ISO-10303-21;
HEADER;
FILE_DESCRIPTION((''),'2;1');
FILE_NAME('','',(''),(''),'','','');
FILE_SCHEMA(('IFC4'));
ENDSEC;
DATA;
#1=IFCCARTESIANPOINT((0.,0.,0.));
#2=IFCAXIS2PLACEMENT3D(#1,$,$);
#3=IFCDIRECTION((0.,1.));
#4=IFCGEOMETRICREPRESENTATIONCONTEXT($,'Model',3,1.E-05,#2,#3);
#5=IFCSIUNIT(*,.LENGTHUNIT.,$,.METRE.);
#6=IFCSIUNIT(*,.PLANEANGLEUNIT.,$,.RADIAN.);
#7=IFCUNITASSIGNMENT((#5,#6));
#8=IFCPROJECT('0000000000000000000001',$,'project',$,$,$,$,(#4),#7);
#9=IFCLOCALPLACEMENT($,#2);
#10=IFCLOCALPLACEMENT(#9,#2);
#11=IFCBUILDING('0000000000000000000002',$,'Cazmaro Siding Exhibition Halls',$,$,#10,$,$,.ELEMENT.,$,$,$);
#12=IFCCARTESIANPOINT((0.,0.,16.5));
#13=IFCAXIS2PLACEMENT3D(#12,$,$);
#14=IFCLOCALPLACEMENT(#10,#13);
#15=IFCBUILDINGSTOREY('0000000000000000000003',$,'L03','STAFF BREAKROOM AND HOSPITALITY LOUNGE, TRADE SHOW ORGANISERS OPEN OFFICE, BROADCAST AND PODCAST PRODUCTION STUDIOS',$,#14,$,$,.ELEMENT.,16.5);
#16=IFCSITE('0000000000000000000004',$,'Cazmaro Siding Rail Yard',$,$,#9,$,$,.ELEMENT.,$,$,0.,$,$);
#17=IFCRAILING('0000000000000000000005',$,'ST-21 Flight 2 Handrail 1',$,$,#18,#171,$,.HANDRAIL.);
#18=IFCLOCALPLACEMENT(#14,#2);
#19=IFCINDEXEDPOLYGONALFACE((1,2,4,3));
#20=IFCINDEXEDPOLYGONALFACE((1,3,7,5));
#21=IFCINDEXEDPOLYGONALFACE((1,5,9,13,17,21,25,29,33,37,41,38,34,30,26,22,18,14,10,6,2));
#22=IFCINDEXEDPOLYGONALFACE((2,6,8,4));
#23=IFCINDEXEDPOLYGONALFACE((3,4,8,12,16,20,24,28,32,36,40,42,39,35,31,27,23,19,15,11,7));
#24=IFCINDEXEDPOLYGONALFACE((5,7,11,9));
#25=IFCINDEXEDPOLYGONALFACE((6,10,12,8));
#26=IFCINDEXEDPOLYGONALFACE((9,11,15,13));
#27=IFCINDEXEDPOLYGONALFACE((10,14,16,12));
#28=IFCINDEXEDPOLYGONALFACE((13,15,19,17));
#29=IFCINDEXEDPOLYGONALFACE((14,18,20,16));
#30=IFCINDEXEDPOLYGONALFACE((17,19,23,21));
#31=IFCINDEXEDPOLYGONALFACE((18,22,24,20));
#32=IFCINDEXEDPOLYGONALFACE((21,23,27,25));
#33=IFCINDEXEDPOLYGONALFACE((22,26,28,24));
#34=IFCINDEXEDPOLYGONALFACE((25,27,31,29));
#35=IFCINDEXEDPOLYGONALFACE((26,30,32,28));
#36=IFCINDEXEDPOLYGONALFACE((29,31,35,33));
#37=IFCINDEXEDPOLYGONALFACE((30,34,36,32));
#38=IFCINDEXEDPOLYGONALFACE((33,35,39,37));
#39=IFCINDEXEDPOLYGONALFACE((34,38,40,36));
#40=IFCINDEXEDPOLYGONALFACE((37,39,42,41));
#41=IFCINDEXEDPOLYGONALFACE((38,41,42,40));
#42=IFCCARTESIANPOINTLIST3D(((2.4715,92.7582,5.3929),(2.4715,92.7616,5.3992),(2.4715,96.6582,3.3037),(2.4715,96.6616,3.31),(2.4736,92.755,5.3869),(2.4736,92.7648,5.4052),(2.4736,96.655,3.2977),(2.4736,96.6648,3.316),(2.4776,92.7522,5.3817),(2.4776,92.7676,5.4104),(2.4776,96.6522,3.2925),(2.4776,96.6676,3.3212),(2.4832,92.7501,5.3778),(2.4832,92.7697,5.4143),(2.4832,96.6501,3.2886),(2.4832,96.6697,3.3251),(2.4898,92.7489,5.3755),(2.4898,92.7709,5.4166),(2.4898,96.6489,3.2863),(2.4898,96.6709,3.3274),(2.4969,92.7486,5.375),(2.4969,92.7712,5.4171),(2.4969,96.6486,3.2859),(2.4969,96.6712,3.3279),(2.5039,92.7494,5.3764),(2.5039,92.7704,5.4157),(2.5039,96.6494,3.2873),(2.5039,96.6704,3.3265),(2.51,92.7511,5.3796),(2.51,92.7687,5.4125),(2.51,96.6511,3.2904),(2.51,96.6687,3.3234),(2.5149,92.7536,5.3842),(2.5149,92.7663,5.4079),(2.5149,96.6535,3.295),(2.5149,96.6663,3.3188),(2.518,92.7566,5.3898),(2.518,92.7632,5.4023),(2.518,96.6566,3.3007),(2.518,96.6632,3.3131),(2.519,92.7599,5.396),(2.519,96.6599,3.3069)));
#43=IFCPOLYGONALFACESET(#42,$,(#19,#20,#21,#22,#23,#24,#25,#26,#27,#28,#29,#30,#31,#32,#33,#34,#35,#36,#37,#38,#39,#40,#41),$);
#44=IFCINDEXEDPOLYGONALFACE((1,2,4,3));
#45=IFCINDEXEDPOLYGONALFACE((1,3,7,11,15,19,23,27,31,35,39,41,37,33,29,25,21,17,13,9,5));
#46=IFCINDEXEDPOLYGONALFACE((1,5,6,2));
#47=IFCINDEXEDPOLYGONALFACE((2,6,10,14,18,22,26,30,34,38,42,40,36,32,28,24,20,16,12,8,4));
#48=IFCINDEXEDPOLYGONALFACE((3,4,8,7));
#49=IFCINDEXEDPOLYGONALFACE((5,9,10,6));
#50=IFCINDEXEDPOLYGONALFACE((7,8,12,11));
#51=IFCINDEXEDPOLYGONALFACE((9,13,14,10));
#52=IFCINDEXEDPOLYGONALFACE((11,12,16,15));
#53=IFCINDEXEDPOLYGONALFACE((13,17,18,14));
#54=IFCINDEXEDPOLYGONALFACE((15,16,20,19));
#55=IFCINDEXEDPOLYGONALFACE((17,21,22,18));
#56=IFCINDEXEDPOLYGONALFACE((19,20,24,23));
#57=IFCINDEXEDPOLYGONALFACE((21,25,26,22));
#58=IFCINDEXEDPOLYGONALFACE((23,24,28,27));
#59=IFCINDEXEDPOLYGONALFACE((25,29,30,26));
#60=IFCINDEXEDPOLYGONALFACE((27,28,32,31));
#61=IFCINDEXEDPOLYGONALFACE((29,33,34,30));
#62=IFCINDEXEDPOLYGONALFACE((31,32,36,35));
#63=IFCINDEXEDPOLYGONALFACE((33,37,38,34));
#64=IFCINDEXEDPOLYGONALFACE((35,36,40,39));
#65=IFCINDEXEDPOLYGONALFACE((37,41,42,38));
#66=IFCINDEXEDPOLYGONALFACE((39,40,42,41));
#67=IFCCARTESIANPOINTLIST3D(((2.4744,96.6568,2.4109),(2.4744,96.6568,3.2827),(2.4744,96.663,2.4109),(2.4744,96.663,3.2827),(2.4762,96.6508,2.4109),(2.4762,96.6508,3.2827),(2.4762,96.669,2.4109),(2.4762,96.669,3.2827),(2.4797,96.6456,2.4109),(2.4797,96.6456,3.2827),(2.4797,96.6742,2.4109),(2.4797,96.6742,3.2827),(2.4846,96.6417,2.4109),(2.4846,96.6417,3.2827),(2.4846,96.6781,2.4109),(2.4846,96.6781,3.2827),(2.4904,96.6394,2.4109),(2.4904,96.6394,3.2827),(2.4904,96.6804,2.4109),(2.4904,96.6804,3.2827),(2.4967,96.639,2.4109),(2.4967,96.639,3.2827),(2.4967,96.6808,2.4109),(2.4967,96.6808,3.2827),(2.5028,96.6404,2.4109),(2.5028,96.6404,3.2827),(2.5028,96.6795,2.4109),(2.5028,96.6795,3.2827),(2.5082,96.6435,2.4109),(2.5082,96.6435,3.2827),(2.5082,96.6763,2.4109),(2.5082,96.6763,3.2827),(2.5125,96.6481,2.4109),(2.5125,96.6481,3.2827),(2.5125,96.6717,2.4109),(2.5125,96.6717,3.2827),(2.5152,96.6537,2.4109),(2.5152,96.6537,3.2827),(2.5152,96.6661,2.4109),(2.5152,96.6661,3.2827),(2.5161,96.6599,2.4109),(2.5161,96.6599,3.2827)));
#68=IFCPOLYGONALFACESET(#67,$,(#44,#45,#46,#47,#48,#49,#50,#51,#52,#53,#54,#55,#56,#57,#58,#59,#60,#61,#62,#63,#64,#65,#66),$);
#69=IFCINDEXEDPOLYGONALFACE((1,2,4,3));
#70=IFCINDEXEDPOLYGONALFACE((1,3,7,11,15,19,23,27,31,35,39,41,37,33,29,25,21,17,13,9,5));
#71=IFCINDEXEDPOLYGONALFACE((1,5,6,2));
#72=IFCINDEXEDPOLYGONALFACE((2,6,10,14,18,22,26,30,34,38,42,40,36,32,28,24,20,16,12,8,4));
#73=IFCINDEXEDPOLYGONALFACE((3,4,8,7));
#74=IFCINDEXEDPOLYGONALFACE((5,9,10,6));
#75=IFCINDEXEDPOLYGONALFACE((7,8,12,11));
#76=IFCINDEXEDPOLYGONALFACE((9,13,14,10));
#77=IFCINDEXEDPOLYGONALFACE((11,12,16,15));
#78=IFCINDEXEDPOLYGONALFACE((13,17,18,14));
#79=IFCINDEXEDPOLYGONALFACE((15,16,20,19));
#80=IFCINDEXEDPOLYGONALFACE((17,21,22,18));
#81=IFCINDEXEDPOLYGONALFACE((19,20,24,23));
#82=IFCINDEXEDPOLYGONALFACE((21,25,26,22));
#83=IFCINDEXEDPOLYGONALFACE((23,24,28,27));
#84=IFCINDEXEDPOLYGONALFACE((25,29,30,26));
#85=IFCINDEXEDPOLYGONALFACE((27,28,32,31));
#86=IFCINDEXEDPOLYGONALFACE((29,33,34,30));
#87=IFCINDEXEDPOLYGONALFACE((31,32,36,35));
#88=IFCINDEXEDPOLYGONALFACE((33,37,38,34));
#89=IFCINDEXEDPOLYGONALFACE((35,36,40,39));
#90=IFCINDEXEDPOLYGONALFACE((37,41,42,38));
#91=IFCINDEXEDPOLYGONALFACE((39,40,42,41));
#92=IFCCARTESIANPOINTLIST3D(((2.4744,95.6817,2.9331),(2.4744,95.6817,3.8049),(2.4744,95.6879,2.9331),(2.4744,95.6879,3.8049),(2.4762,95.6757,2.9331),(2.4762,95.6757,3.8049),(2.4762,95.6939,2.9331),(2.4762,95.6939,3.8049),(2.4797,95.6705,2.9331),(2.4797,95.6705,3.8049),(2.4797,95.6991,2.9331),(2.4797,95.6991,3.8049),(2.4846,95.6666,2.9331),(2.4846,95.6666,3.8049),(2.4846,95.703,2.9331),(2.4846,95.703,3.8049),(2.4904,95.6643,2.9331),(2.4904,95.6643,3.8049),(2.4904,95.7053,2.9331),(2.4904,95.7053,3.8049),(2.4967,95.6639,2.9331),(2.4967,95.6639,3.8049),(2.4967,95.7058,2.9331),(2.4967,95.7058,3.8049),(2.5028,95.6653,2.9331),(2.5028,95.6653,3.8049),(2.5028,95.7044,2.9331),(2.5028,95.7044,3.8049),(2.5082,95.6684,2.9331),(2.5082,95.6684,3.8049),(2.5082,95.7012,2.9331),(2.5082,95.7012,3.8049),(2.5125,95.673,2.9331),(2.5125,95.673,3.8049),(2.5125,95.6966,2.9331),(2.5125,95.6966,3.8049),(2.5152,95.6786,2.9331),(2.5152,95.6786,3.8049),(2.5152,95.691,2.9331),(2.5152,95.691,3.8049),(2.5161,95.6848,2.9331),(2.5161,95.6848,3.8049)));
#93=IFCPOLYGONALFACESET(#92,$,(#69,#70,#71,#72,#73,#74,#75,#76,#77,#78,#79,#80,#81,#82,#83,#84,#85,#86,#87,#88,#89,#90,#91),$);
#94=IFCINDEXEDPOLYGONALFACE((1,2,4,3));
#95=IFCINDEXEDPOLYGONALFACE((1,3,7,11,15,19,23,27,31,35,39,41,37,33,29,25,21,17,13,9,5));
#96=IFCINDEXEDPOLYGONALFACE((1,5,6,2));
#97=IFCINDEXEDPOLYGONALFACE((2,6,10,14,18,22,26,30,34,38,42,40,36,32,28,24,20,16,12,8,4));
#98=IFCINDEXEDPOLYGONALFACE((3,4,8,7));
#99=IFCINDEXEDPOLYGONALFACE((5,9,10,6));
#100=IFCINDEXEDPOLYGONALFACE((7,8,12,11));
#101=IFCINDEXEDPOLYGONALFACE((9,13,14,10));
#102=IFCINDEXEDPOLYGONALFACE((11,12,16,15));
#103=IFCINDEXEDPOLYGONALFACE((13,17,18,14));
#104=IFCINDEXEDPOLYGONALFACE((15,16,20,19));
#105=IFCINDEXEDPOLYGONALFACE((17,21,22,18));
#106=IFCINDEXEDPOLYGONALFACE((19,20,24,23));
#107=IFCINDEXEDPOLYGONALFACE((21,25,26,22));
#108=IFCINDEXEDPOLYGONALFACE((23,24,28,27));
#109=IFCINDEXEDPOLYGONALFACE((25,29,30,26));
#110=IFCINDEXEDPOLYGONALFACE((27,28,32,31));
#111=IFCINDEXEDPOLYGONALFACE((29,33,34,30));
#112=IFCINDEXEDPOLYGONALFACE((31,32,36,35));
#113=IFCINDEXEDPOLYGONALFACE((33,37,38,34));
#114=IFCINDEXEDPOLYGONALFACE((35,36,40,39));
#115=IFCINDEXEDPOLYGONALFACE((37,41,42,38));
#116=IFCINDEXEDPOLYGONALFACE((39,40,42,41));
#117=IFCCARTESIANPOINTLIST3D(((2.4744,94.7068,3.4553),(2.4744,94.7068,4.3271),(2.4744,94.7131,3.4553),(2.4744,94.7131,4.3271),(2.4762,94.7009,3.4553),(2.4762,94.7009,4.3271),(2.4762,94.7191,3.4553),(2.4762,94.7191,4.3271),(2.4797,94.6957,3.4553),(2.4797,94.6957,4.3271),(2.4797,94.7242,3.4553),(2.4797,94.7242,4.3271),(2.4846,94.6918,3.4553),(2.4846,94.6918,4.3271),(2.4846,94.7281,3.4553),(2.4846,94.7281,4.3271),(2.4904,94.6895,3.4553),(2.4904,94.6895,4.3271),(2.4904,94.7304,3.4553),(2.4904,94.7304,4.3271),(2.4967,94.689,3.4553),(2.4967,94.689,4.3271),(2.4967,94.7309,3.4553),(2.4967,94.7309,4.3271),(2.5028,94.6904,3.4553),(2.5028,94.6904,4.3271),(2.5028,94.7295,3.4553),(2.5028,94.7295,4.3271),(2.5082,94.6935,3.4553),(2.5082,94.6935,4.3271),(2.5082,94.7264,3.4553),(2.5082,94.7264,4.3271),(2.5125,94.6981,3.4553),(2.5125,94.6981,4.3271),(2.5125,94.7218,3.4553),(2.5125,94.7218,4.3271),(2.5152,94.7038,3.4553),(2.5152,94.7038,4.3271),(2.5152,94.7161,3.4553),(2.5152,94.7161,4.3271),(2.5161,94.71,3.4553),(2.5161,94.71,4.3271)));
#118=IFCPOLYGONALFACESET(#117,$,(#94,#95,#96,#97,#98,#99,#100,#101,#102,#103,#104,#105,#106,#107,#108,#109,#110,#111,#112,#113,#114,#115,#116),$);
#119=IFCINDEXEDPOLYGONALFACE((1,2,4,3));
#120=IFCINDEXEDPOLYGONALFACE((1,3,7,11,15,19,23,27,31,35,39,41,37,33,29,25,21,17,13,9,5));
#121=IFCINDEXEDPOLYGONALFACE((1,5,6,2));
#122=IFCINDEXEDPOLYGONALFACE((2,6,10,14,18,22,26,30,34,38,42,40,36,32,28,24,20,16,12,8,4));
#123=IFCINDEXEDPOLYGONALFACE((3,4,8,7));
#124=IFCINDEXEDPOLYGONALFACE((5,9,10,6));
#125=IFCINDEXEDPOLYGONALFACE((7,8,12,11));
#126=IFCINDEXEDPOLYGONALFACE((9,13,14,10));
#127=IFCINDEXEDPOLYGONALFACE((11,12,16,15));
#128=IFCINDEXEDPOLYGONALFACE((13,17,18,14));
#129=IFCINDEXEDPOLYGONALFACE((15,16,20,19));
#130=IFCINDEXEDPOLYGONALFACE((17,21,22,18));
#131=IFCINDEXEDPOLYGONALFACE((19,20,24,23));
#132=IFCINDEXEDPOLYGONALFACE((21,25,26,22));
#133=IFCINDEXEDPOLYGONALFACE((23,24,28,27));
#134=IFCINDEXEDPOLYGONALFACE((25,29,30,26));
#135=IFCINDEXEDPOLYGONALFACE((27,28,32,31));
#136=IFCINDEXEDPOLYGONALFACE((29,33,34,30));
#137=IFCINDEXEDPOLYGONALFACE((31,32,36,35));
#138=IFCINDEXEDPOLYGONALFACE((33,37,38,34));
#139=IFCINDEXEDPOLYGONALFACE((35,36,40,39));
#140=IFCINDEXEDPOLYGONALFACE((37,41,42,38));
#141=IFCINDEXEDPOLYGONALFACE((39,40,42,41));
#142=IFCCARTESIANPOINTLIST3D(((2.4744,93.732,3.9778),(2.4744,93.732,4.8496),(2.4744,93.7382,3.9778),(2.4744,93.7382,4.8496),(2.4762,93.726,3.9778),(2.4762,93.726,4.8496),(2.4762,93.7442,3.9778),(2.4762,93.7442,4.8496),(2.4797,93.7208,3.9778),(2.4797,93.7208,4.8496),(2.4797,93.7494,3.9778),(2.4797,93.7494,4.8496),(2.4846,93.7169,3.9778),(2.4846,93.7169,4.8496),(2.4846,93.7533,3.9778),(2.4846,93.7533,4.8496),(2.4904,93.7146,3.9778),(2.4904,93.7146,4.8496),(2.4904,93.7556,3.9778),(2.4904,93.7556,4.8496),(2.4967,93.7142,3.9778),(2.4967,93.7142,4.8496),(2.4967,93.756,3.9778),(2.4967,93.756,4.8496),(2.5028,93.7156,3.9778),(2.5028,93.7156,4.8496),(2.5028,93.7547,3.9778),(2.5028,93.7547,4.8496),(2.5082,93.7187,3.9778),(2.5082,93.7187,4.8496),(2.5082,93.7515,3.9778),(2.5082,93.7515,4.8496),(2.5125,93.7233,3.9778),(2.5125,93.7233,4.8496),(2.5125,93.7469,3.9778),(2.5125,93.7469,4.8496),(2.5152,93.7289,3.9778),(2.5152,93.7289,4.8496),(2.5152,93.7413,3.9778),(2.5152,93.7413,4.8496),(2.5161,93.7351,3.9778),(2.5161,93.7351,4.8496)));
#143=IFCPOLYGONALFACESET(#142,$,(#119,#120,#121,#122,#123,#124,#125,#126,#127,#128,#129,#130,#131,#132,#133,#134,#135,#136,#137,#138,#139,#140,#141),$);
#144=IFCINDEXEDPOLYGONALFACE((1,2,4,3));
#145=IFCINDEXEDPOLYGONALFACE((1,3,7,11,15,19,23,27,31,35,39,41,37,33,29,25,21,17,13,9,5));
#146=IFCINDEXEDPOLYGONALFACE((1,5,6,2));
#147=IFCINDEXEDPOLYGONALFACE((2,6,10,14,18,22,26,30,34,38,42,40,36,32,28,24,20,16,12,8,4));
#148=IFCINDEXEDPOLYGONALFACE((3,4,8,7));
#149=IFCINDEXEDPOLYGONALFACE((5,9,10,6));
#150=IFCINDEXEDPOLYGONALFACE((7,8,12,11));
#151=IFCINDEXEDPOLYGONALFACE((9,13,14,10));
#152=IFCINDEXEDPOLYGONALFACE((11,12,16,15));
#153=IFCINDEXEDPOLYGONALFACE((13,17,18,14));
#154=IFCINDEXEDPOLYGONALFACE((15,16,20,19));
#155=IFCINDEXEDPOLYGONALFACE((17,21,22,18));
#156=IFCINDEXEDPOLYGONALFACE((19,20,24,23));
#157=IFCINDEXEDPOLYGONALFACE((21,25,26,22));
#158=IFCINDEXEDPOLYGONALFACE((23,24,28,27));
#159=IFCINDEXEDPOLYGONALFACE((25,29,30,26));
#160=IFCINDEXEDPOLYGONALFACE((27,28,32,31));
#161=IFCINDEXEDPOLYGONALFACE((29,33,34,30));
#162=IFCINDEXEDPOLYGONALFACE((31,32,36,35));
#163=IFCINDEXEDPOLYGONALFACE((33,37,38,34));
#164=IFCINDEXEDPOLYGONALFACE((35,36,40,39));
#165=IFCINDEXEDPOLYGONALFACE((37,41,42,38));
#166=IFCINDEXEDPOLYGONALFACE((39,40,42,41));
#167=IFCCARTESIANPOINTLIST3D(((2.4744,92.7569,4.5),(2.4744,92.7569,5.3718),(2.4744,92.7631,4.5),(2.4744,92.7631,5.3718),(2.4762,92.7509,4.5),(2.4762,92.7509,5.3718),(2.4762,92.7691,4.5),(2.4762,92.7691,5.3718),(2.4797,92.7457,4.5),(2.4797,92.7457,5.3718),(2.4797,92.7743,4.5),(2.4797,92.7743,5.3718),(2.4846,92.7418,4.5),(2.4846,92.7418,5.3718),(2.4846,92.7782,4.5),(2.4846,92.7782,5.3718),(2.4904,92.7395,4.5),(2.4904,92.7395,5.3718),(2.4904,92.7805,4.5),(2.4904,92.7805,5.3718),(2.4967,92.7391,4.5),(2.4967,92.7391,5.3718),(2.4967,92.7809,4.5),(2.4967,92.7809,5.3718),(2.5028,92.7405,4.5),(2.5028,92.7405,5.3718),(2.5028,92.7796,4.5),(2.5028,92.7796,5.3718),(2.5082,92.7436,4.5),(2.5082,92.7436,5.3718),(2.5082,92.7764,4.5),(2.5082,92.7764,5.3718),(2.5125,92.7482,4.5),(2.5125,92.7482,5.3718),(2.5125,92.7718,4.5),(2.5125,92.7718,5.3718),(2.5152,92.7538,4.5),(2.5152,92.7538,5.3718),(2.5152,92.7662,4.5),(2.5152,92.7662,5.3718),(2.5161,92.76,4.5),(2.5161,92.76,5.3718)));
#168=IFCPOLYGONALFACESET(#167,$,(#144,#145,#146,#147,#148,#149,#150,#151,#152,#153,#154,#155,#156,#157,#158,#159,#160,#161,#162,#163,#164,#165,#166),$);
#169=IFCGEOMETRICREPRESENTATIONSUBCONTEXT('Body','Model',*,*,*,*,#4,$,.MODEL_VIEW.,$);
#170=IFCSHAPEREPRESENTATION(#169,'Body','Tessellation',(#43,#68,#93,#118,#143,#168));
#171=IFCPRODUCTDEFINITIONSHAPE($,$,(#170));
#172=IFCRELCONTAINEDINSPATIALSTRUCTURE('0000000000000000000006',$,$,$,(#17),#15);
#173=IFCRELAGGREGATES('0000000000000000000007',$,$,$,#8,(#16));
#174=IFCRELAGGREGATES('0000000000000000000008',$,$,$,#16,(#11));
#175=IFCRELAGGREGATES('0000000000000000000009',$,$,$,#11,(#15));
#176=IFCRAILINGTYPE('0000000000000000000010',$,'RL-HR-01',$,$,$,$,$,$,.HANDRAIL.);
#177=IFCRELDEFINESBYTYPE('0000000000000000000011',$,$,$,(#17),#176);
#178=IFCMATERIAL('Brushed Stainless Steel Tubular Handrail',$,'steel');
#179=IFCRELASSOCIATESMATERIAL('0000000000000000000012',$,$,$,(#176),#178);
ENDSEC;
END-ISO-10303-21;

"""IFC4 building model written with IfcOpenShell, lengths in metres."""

from ifc_helpers import new_model, si_unit, direction, frame, origin, origin_2d, place, context, subcontext, project, spatial, circle, extrude, material, type_object, element, save


model = new_model("IFC4")

# Units and contexts
model_context = context("Model", 3, precision=1e-05, world=origin(), true_north=direction((0.0, 1.0)))
body_context = subcontext(model_context, "Body", "Model", "MODEL_VIEW")
ifc_project = project(units=[si_unit("LENGTHUNIT", "METRE"), si_unit("PLANEANGLEUNIT", "RADIAN")], contexts=[model_context])

# Site, building, storey
site_placement = place(None, origin())
site = spatial("IfcSite", under=ifc_project, at=site_placement, Name="Cazmaro Siding Rail Yard", CompositionType="ELEMENT", RefElevation=0.0)
building_placement = place(site_placement, origin())
building = spatial("IfcBuilding", under=site, at=building_placement, Name="Cazmaro Siding Exhibition Halls", CompositionType="ELEMENT")
storey_placement = place(building_placement, frame((0.0, 0.0, 16.5)))
storey = spatial("IfcBuildingStorey", under=building, at=storey_placement, Name="L03", Description="STAFF BREAKROOM AND HOSPITALITY LOUNGE, TRADE SHOW ORGANISERS OPEN OFFICE, BROADCAST AND PODCAST PRODUCTION STUDIOS", CompositionType="ELEMENT", Elevation=16.5)

# Railing
ifc_material_1 = material(Name="Brushed Stainless Steel Tubular Handrail", Category="steel")
railing_type_1 = type_object("IfcRailingType", Name="RL-HR-01", PredefinedType="HANDRAIL", material=ifc_material_1)
railing_1_placement = place(storey_placement, frame((2.4951, 96.6599, 2.4109)))
element("IfcRailing", 1, at=railing_1_placement, inside=storey, type_object=railing_type_1, Name="ST-21 Flight 2 Handrail 1", PredefinedType="HANDRAIL", context=body_context, shape_type="SweptSolid", body=[
    extrude(circle(Radius=0.0239, at=origin_2d()), frame((0.0, 0.0, 0.896), z_axis=(0.0, -0.881491, 0.4722), x_axis=(1.0, 0.0, 0.0)), (0.0, 0.0, 1.0), 4.4243),
    extrude(circle(Radius=0.021, at=origin_2d()), origin(), (0.0, 0.0, 1.0), 0.8718),
    extrude(circle(Radius=0.021, at=origin_2d()), frame((0.0, -0.9751, 0.5222)), (0.0, 0.0, 1.0), 0.8718),
    extrude(circle(Radius=0.021, at=origin_2d()), frame((0.0, -1.95, 1.0444)), (0.0, 0.0, 1.0), 0.8718),
    extrude(circle(Radius=0.021, at=origin_2d()), frame((0.0, -2.9248, 1.5669)), (0.0, 0.0, 1.0), 0.8718),
    extrude(circle(Radius=0.021, at=origin_2d()), frame((0.0, -3.8999, 2.0891)), (0.0, 0.0, 1.0), 0.8718),
])

save(model, "model.ifc")
